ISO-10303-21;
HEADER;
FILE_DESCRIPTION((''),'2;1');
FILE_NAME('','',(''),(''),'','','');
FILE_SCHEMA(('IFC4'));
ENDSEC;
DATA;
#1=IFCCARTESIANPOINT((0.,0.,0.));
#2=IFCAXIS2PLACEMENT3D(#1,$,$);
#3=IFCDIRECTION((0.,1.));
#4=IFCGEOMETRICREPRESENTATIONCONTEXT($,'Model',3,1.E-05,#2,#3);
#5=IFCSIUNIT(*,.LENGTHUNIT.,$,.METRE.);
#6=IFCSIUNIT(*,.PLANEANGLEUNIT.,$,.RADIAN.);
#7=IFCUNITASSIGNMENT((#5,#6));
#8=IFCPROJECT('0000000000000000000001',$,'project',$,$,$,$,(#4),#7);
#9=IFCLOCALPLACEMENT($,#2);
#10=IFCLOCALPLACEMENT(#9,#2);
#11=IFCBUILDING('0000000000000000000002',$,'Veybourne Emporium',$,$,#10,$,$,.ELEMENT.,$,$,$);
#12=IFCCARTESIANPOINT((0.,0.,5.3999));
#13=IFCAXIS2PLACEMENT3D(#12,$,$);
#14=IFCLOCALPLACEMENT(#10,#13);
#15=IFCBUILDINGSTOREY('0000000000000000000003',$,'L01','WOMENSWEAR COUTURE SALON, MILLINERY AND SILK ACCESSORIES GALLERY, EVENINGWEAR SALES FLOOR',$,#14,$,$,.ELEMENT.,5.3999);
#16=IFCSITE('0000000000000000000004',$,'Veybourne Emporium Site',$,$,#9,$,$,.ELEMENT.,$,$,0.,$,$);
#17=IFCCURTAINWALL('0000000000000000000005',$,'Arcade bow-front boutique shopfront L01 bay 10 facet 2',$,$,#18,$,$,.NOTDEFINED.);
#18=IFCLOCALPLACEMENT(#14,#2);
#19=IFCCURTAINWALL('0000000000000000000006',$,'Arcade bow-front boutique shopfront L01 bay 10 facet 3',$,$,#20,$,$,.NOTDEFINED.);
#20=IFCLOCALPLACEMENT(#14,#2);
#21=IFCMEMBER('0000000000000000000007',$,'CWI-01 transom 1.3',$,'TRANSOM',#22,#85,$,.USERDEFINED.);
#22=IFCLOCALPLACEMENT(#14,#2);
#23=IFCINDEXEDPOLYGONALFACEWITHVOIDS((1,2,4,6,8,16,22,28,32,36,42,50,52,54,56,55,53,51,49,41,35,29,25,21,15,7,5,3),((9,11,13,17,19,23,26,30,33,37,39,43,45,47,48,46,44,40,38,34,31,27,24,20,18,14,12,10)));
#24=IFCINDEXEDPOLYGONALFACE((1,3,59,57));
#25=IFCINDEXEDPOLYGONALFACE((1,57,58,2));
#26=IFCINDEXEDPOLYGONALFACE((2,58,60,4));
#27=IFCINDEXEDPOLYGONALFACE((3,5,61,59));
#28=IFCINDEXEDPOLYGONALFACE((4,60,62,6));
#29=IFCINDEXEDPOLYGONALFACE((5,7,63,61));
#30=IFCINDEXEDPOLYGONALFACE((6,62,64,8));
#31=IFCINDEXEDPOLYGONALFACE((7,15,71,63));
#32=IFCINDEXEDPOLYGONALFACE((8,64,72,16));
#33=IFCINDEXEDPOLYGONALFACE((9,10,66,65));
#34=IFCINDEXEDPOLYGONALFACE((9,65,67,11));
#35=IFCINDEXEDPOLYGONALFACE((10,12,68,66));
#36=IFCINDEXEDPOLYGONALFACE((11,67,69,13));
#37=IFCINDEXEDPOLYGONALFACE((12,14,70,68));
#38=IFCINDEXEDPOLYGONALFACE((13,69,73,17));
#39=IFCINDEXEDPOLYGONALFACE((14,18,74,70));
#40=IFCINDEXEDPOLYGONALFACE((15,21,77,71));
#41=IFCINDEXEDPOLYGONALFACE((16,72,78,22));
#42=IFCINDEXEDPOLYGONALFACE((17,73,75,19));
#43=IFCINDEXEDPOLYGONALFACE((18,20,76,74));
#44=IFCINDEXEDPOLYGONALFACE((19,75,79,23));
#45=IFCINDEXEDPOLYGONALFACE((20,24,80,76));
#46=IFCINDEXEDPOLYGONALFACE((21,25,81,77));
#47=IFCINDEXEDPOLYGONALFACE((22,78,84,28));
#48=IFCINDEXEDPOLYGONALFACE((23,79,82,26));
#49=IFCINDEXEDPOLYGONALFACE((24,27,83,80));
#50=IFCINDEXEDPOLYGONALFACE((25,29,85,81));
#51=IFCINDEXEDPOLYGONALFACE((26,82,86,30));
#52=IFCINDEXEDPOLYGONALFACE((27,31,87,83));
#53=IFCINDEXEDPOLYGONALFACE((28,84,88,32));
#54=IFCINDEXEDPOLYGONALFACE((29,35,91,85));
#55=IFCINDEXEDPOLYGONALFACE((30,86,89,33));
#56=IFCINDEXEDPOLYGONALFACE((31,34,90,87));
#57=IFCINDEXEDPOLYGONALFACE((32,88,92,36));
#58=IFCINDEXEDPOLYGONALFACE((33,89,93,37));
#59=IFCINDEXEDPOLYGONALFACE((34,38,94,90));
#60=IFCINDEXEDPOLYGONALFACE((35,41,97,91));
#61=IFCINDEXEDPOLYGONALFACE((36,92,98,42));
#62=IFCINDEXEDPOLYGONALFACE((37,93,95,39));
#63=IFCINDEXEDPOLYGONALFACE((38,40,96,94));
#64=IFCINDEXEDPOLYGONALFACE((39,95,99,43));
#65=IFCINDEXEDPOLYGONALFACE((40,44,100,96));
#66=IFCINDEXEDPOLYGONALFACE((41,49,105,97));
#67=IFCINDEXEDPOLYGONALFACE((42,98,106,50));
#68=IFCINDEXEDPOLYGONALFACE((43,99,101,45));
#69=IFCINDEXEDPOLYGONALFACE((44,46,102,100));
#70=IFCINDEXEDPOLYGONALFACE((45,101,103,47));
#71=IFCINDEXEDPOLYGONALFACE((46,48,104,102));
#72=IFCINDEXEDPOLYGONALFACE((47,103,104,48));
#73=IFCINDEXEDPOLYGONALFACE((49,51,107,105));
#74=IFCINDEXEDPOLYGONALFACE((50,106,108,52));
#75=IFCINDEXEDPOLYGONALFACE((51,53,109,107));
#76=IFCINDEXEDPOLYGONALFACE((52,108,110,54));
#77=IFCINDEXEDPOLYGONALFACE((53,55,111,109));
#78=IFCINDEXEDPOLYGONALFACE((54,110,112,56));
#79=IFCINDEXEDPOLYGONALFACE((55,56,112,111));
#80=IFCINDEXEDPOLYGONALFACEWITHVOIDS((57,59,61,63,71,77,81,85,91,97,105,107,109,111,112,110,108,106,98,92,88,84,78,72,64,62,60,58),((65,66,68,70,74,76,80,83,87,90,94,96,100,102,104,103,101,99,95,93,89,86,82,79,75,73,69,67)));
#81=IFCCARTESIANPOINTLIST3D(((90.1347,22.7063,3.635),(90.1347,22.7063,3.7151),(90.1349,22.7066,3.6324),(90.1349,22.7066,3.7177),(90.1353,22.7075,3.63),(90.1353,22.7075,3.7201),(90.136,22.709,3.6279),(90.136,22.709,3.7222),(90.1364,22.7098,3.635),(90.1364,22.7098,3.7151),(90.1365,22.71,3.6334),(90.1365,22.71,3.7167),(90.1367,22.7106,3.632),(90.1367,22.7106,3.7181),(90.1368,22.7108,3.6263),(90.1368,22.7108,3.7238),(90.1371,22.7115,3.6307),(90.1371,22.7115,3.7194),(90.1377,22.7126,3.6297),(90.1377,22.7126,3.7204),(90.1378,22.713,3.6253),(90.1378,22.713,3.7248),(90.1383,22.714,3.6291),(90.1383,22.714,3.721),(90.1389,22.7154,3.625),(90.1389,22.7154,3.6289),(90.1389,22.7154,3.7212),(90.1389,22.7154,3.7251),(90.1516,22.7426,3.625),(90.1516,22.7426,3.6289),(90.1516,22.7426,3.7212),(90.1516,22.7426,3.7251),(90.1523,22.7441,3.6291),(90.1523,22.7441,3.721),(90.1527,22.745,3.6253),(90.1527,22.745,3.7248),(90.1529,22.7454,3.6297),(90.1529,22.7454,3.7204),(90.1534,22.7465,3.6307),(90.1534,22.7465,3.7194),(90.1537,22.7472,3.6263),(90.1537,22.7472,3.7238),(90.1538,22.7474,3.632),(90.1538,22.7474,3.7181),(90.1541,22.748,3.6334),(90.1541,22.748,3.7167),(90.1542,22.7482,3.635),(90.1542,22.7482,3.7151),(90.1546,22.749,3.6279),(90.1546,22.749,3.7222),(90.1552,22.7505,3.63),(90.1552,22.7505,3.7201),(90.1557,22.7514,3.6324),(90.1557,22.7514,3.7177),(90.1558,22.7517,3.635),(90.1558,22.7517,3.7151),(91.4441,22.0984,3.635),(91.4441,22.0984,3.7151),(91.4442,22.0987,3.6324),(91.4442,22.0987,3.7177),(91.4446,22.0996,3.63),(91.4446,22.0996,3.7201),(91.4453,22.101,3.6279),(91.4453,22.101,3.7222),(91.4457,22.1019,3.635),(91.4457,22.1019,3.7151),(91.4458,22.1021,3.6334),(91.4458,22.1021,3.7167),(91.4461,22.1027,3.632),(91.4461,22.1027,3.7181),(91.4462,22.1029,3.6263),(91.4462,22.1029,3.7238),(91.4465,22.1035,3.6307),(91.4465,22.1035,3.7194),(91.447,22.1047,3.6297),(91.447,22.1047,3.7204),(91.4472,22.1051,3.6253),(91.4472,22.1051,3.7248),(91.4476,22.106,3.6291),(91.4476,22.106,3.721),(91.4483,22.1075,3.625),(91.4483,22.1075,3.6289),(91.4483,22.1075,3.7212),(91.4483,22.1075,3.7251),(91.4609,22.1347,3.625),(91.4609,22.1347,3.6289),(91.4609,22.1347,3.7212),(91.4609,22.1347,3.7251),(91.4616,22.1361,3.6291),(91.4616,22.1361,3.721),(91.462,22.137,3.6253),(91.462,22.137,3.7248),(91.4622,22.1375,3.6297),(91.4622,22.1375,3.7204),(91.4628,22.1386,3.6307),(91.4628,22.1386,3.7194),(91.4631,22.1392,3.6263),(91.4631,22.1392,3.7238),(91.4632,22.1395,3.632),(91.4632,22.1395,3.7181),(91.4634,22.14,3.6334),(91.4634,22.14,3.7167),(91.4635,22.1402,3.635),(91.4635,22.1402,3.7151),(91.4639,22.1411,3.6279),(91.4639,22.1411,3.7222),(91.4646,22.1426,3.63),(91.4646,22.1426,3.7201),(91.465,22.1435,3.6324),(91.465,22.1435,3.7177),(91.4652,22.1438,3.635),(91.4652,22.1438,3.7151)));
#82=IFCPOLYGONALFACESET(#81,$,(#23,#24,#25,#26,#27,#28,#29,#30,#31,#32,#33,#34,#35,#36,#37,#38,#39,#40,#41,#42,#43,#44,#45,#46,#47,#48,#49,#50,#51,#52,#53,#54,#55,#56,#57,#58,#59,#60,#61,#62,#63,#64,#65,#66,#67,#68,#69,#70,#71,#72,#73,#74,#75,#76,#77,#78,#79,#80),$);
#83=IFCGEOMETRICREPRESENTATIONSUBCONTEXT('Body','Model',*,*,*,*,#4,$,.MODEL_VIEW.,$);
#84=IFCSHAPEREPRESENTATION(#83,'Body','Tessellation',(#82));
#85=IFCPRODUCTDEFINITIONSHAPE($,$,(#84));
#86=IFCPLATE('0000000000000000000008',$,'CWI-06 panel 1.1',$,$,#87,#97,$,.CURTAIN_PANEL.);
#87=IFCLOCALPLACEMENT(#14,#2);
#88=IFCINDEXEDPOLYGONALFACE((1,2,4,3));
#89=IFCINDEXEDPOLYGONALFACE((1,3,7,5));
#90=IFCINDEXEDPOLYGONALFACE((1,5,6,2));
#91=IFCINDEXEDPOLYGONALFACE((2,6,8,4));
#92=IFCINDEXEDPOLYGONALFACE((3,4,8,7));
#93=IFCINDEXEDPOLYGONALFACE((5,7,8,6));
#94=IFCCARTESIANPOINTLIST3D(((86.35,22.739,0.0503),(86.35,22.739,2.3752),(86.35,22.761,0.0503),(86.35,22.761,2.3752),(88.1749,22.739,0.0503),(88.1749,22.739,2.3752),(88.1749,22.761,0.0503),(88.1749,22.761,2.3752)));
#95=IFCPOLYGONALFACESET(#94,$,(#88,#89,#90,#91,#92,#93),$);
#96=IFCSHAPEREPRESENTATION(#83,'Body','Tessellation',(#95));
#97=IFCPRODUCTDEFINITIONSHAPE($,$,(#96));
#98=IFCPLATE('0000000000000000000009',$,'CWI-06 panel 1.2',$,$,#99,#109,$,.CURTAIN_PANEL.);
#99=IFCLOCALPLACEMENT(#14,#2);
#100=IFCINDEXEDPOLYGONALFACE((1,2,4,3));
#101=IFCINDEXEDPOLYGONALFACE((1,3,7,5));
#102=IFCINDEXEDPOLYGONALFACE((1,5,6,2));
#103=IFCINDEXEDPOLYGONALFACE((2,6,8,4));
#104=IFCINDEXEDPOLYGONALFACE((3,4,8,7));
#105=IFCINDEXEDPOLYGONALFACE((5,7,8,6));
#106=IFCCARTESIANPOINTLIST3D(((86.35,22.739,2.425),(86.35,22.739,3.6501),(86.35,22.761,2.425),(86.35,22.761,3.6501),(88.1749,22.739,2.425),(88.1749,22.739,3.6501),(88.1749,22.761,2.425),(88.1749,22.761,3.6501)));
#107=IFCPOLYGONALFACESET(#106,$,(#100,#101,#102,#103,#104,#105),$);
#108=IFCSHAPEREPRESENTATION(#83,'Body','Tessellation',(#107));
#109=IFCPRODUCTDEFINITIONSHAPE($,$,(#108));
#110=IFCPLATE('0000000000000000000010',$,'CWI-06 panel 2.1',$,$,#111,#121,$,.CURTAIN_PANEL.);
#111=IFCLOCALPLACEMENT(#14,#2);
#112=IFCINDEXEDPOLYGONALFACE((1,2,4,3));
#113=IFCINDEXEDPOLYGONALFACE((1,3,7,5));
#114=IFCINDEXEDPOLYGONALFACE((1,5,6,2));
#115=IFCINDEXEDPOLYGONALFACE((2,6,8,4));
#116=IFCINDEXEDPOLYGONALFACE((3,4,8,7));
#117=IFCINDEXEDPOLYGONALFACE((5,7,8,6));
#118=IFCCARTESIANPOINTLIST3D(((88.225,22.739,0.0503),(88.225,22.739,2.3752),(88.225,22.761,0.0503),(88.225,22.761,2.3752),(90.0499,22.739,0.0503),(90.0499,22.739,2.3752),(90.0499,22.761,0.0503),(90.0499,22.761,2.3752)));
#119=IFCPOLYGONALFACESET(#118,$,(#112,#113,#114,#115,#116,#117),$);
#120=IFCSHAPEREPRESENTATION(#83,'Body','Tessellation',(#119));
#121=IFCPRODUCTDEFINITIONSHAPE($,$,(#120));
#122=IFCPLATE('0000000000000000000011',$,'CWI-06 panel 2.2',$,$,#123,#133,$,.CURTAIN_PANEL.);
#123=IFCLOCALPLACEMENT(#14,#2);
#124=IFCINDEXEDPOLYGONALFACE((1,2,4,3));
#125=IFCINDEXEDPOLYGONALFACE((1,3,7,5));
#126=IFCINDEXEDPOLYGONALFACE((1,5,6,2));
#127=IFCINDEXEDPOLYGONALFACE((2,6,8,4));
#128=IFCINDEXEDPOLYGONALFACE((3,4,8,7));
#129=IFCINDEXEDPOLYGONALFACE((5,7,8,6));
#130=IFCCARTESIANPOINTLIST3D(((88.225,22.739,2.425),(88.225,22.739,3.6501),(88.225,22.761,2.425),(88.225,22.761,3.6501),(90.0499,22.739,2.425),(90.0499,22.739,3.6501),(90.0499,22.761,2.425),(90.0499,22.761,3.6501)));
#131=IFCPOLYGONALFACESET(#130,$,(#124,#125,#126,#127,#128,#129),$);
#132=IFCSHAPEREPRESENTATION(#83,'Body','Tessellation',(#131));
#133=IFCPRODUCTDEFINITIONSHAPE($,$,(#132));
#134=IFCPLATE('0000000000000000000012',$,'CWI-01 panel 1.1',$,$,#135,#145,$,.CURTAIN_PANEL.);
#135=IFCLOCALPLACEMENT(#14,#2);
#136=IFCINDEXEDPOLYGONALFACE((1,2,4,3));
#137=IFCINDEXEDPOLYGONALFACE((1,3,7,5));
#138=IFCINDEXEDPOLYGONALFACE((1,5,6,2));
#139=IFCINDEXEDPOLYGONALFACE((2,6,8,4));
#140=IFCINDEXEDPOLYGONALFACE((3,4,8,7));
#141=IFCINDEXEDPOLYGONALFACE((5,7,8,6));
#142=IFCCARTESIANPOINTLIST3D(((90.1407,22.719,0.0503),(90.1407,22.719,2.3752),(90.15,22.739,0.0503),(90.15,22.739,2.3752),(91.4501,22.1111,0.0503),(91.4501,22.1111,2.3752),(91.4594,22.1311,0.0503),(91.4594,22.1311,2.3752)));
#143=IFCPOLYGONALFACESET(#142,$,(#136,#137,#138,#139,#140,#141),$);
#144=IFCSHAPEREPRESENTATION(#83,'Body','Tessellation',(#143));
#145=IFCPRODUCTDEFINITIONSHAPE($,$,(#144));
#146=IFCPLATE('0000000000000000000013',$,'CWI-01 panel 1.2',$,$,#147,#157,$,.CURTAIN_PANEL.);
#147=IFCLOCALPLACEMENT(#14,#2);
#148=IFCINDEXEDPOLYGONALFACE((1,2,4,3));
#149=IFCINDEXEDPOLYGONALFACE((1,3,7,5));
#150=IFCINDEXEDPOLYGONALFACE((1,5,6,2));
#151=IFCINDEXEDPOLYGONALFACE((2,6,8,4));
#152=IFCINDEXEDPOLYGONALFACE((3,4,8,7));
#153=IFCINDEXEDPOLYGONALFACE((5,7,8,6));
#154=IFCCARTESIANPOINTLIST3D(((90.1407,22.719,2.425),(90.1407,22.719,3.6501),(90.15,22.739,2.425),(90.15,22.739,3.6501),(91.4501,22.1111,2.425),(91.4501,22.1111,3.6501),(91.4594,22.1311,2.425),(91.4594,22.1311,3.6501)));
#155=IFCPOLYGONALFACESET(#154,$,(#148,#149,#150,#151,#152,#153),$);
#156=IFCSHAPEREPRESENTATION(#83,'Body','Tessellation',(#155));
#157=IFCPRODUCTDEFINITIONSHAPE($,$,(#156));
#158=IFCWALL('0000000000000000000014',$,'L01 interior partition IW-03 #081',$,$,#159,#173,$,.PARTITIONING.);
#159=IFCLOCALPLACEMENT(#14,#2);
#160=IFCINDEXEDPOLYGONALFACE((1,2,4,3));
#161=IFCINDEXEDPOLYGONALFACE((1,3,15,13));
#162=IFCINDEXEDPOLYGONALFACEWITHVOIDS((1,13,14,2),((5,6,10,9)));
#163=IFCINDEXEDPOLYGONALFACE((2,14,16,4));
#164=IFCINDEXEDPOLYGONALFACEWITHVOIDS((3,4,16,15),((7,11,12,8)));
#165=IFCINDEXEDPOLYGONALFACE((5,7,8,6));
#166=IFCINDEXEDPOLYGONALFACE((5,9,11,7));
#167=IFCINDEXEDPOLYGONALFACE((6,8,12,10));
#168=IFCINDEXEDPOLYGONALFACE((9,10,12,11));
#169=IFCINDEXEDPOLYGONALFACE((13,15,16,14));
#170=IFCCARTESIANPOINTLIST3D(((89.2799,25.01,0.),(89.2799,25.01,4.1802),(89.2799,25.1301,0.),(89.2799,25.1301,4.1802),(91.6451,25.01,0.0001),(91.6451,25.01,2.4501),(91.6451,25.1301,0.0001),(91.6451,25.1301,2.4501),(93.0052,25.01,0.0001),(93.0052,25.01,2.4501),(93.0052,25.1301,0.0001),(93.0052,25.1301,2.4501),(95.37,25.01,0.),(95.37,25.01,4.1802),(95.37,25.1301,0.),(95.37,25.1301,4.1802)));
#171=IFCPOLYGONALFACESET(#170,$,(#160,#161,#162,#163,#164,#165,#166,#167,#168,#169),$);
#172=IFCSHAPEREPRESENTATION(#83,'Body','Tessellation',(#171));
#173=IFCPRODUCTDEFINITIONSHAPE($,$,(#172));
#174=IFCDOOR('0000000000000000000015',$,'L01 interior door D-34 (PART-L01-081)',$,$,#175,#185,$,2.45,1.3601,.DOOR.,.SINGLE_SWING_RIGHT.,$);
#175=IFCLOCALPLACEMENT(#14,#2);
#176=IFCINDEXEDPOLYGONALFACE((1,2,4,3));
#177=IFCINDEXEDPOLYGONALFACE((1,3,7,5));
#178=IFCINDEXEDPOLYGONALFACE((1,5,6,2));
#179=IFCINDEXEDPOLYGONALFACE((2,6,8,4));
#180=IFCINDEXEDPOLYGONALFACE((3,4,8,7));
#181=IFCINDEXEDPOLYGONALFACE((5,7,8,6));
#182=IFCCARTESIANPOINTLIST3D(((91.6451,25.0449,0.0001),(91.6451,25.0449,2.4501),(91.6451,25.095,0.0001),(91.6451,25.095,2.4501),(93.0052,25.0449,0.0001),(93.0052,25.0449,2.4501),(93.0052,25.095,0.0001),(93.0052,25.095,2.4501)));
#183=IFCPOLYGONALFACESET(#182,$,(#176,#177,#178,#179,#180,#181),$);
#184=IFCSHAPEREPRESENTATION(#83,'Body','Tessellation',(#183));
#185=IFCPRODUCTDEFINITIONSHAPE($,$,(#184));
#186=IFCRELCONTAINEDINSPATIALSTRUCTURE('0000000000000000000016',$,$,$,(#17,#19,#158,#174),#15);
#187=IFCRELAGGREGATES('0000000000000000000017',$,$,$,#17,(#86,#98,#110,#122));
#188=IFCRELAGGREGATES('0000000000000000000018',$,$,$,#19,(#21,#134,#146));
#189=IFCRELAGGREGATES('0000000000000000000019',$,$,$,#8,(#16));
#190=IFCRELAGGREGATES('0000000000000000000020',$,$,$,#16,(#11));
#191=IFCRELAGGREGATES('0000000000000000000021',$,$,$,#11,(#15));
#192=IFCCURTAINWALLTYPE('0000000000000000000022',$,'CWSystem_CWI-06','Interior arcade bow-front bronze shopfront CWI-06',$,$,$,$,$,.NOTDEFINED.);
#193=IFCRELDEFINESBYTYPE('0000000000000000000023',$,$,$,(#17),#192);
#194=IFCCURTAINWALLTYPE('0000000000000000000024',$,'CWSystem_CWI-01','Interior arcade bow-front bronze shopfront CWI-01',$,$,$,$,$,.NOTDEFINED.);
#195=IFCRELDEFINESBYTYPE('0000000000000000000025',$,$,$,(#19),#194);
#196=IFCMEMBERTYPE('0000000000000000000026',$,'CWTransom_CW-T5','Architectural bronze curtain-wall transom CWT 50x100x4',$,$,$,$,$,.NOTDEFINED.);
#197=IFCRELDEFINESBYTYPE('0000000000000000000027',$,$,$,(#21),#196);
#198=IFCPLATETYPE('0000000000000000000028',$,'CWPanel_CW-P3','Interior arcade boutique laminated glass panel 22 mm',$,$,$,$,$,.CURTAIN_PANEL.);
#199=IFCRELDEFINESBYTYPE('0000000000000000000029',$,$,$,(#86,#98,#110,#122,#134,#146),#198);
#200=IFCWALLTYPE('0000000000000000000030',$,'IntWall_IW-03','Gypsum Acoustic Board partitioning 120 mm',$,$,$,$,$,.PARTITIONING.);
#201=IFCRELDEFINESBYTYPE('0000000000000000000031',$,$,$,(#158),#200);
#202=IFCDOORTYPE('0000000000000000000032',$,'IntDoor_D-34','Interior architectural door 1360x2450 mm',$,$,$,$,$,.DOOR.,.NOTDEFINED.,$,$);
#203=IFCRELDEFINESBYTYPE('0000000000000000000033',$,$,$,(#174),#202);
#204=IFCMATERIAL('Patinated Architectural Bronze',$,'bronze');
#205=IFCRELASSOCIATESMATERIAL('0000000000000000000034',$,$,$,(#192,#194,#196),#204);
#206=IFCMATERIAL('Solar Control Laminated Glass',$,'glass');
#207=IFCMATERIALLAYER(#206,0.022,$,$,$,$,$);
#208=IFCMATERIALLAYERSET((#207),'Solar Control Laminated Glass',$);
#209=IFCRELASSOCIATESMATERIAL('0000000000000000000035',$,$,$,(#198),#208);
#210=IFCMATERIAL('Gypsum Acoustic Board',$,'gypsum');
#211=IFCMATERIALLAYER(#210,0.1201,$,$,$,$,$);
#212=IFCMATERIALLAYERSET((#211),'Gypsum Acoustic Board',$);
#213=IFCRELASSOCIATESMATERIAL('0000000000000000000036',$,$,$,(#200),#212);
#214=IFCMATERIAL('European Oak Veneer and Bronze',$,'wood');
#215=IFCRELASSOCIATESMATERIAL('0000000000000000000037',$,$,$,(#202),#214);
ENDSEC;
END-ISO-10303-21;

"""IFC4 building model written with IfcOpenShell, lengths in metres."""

from ifc_helpers import new_model, si_unit, direction, frame, frame_2d, origin, origin_2d, place, context, subcontext, project, spatial, rectangle, hollow_rectangle, extrude, material, layer, layer_set, material_profile, profile_set, type_object, element, fill, aggregate, save


model = new_model("IFC4")

# Units and contexts
model_context = context("Model", 3, precision=1e-05, world=origin(), true_north=direction((0.0, 1.0)))
body_context = subcontext(model_context, "Body", "Model", "MODEL_VIEW")
ifc_project = project(units=[si_unit("LENGTHUNIT", "METRE"), si_unit("PLANEANGLEUNIT", "RADIAN")], contexts=[model_context])

# Site, building, storey
site_placement = place(None, origin())
site = spatial("IfcSite", under=ifc_project, at=site_placement, Name="Veybourne Emporium Site", CompositionType="ELEMENT", RefElevation=0.0)
building_placement = place(site_placement, origin())
building = spatial("IfcBuilding", under=site, at=building_placement, Name="Veybourne Emporium", CompositionType="ELEMENT")
storey_placement = place(building_placement, frame((0.0, 0.0, 5.3999)))
storey = spatial("IfcBuildingStorey", under=building, at=storey_placement, Name="L01", Description="WOMENSWEAR COUTURE SALON, MILLINERY AND SILK ACCESSORIES GALLERY, EVENINGWEAR SALES FLOOR", CompositionType="ELEMENT", Elevation=5.3999)

# Curtain walls
ifc_material_1 = material(Name="Patinated Architectural Bronze", Category="bronze")
curtain_wall_type_1 = type_object("IfcCurtainWallType", Name="CWSystem_CWI-06", Description="Interior arcade bow-front bronze shopfront CWI-06", PredefinedType="NOTDEFINED", material=ifc_material_1)
curtain_wall_1_placement = place(storey_placement, origin())
curtain_wall_1 = element("IfcCurtainWall", 1, at=curtain_wall_1_placement, inside=storey, type_object=curtain_wall_type_1, Name="Arcade bow-front boutique shopfront L01 bay 10 facet 2", PredefinedType="NOTDEFINED")
curtain_wall_type_2 = type_object("IfcCurtainWallType", Name="CWSystem_CWI-01", Description="Interior arcade bow-front bronze shopfront CWI-01", PredefinedType="NOTDEFINED", material=ifc_material_1)
curtain_wall_2_placement = place(storey_placement, origin())
curtain_wall_2 = element("IfcCurtainWall", 2, at=curtain_wall_2_placement, inside=storey, type_object=curtain_wall_type_2, Name="Arcade bow-front boutique shopfront L01 bay 10 facet 3", PredefinedType="NOTDEFINED")

# Member
ifc_material_profile_1 = material_profile(ifc_material_1, hollow_rectangle(XDim=0.05, YDim=0.1001, WallThickness=0.0039, InnerFilletRadius=0.0061, OuterFilletRadius=0.01, at=origin_2d()), Name="CWT 50x100x4")
ifc_profile_set_1 = profile_set([ifc_material_profile_1], Name="Patinated Architectural Bronze")
member_type_1 = type_object("IfcMemberType", Name="CWTransom_CW-T5", Description="Architectural bronze curtain-wall transom CWT 50x100x4", PredefinedType="NOTDEFINED", material=ifc_profile_set_1)
member_1_placement = place(storey_placement, frame((90.1453, 22.729, 3.675), z_axis=(0.907007, -0.421116, 0.0), x_axis=(0.421116, 0.907007, 0.0)))
member_1 = element("IfcMember", 3, at=member_1_placement, type_object=member_type_1, Name="CWI-01 transom 1.3", ObjectType="TRANSOM", PredefinedType="USERDEFINED", context=body_context, shape_type="SweptSolid", body=[
    extrude(hollow_rectangle(XDim=0.05, YDim=0.1001, WallThickness=0.0039, InnerFilletRadius=0.0061, OuterFilletRadius=0.01, at=origin_2d()), origin(), (0.0, 0.0, 1.0), 1.4436),
])

# Plates
ifc_material_2 = material(Name="Solar Control Laminated Glass", Category="glass")
ifc_layer_1 = layer(ifc_material_2, 0.022)
ifc_layer_set_1 = layer_set([ifc_layer_1], Name="Solar Control Laminated Glass")
plate_type = type_object("IfcPlateType", Name="CWPanel_CW-P3", Description="Interior arcade boutique laminated glass panel 22 mm", PredefinedType="CURTAIN_PANEL", material=ifc_layer_set_1)
plate_1_placement = place(storey_placement, frame((87.2625, 22.75, 0.0503), z_axis=(0.0, 0.0, 1.0), x_axis=(1.0, 0.0, 0.0)))
plate_1 = element("IfcPlate", 4, at=plate_1_placement, type_object=plate_type, Name="CWI-06 panel 1.1", PredefinedType="CURTAIN_PANEL", context=body_context, shape_type="SweptSolid", body=[
    extrude(rectangle(XDim=1.825, YDim=0.022, at=origin_2d()), origin(), (0.0, 0.0, 1.0), 2.325),
])
plate_2_placement = place(storey_placement, frame((87.2625, 22.75, 2.425), z_axis=(0.0, 0.0, 1.0), x_axis=(1.0, 0.0, 0.0)))
plate_2 = element("IfcPlate", 5, at=plate_2_placement, type_object=plate_type, Name="CWI-06 panel 1.2", PredefinedType="CURTAIN_PANEL", context=body_context, shape_type="SweptSolid", body=[
    extrude(rectangle(XDim=1.825, YDim=0.022, at=origin_2d()), origin(), (0.0, 0.0, 1.0), 1.2251),
])
plate_3_placement = place(storey_placement, frame((89.1375, 22.75, 0.0503), z_axis=(0.0, 0.0, 1.0), x_axis=(1.0, 0.0, 0.0)))
plate_3 = element("IfcPlate", 6, at=plate_3_placement, type_object=plate_type, Name="CWI-06 panel 2.1", PredefinedType="CURTAIN_PANEL", context=body_context, shape_type="SweptSolid", body=[
    extrude(rectangle(XDim=1.825, YDim=0.022, at=origin_2d()), origin(), (0.0, 0.0, 1.0), 2.325),
])
plate_4_placement = place(storey_placement, frame((89.1375, 22.75, 2.425), z_axis=(0.0, 0.0, 1.0), x_axis=(1.0, 0.0, 0.0)))
plate_4 = element("IfcPlate", 7, at=plate_4_placement, type_object=plate_type, Name="CWI-06 panel 2.2", PredefinedType="CURTAIN_PANEL", context=body_context, shape_type="SweptSolid", body=[
    extrude(rectangle(XDim=1.825, YDim=0.022, at=origin_2d()), origin(), (0.0, 0.0, 1.0), 1.2251),
])
aggregate(curtain_wall_1, [plate_1, plate_2, plate_3, plate_4])
plate_5_placement = place(storey_placement, frame((90.8, 22.425, 0.0503), z_axis=(0.0, 0.0, 1.0), x_axis=(0.907009, -0.421111, 0.0)))
plate_5 = element("IfcPlate", 8, at=plate_5_placement, type_object=plate_type, Name="CWI-01 panel 1.1", PredefinedType="CURTAIN_PANEL", context=body_context, shape_type="SweptSolid", body=[
    extrude(rectangle(XDim=1.4436, YDim=0.022, at=origin_2d()), origin(), (0.0, 0.0, 1.0), 2.325),
])
plate_6_placement = place(storey_placement, frame((90.8, 22.425, 2.425), z_axis=(0.0, 0.0, 1.0), x_axis=(0.907009, -0.421111, 0.0)))
plate_6 = element("IfcPlate", 9, at=plate_6_placement, type_object=plate_type, Name="CWI-01 panel 1.2", PredefinedType="CURTAIN_PANEL", context=body_context, shape_type="SweptSolid", body=[
    extrude(rectangle(XDim=1.4436, YDim=0.022, at=origin_2d()), origin(), (0.0, 0.0, 1.0), 1.2251),
])
aggregate(curtain_wall_2, [member_1, plate_5, plate_6])

# Wall, opening, door
ifc_material_3 = material(Name="Gypsum Acoustic Board", Category="gypsum")
ifc_layer_2 = layer(ifc_material_3, 0.1201)
ifc_layer_set_2 = layer_set([ifc_layer_2], Name="Gypsum Acoustic Board")
wall_type = type_object("IfcWallType", Name="IntWall_IW-03", Description="Gypsum Acoustic Board partitioning 120 mm", PredefinedType="PARTITIONING", material=ifc_layer_set_2)
wall_1_placement = place(storey_placement, frame((89.28, 25.0701, 0.0), z_axis=(0.0, 0.0, 1.0), x_axis=(1.0, 0.0, 0.0)))
wall_1 = element("IfcWall", 10, at=wall_1_placement, inside=storey, type_object=wall_type, Name="L01 interior partition IW-03 #081", PredefinedType="PARTITIONING", context=body_context, shape_type="SweptSolid", body=[
    extrude(rectangle(XDim=6.0901, YDim=0.1201, at=frame_2d((3.0449, 0.0))), origin(), (0.0, 0.0, 1.0), 4.1802),
])
opening_1_placement = place(wall_1_placement, frame((2.365, 0.0, 0.0)))
opening_1 = element("IfcOpeningElement", 11, at=opening_1_placement, cuts=wall_1, PredefinedType="OPENING", context=body_context, shape_type="SweptSolid", body=[
    extrude(rectangle(XDim=1.3601, YDim=2.45, at=frame_2d((0.6802, 1.2251))), frame((0.0, 0.0801, 0.0), z_axis=(0.0, -1.0, 0.0), x_axis=(1.0, 0.0, 0.0)), (0.0, 0.0, 1.0), 0.1602),
])
ifc_material_4 = material(Name="European Oak Veneer and Bronze", Category="wood")
door_type_1 = type_object("IfcDoorType", Name="IntDoor_D-34", Description="Interior architectural door 1360x2450 mm", OperationType="NOTDEFINED", PredefinedType="DOOR", material=ifc_material_4)
door_1_placement = place(opening_1_placement, origin())
door_1 = element("IfcDoor", 12, at=door_1_placement, inside=storey, type_object=door_type_1, Name="L01 interior door D-34 (PART-L01-081)", OperationType="SINGLE_SWING_RIGHT", OverallHeight=2.45, OverallWidth=1.3601, PredefinedType="DOOR", context=body_context, shape_type="SweptSolid", body=[
    extrude(rectangle(XDim=1.3601, YDim=2.45, at=frame_2d((0.6802, 1.2251))), frame((0.0, 0.0249, 0.0), z_axis=(0.0, -1.0, 0.0), x_axis=(1.0, 0.0, 0.0)), (0.0, 0.0, 1.0), 0.05),
])
fill(opening_1, door_1)

save(model, "model.ifc")
